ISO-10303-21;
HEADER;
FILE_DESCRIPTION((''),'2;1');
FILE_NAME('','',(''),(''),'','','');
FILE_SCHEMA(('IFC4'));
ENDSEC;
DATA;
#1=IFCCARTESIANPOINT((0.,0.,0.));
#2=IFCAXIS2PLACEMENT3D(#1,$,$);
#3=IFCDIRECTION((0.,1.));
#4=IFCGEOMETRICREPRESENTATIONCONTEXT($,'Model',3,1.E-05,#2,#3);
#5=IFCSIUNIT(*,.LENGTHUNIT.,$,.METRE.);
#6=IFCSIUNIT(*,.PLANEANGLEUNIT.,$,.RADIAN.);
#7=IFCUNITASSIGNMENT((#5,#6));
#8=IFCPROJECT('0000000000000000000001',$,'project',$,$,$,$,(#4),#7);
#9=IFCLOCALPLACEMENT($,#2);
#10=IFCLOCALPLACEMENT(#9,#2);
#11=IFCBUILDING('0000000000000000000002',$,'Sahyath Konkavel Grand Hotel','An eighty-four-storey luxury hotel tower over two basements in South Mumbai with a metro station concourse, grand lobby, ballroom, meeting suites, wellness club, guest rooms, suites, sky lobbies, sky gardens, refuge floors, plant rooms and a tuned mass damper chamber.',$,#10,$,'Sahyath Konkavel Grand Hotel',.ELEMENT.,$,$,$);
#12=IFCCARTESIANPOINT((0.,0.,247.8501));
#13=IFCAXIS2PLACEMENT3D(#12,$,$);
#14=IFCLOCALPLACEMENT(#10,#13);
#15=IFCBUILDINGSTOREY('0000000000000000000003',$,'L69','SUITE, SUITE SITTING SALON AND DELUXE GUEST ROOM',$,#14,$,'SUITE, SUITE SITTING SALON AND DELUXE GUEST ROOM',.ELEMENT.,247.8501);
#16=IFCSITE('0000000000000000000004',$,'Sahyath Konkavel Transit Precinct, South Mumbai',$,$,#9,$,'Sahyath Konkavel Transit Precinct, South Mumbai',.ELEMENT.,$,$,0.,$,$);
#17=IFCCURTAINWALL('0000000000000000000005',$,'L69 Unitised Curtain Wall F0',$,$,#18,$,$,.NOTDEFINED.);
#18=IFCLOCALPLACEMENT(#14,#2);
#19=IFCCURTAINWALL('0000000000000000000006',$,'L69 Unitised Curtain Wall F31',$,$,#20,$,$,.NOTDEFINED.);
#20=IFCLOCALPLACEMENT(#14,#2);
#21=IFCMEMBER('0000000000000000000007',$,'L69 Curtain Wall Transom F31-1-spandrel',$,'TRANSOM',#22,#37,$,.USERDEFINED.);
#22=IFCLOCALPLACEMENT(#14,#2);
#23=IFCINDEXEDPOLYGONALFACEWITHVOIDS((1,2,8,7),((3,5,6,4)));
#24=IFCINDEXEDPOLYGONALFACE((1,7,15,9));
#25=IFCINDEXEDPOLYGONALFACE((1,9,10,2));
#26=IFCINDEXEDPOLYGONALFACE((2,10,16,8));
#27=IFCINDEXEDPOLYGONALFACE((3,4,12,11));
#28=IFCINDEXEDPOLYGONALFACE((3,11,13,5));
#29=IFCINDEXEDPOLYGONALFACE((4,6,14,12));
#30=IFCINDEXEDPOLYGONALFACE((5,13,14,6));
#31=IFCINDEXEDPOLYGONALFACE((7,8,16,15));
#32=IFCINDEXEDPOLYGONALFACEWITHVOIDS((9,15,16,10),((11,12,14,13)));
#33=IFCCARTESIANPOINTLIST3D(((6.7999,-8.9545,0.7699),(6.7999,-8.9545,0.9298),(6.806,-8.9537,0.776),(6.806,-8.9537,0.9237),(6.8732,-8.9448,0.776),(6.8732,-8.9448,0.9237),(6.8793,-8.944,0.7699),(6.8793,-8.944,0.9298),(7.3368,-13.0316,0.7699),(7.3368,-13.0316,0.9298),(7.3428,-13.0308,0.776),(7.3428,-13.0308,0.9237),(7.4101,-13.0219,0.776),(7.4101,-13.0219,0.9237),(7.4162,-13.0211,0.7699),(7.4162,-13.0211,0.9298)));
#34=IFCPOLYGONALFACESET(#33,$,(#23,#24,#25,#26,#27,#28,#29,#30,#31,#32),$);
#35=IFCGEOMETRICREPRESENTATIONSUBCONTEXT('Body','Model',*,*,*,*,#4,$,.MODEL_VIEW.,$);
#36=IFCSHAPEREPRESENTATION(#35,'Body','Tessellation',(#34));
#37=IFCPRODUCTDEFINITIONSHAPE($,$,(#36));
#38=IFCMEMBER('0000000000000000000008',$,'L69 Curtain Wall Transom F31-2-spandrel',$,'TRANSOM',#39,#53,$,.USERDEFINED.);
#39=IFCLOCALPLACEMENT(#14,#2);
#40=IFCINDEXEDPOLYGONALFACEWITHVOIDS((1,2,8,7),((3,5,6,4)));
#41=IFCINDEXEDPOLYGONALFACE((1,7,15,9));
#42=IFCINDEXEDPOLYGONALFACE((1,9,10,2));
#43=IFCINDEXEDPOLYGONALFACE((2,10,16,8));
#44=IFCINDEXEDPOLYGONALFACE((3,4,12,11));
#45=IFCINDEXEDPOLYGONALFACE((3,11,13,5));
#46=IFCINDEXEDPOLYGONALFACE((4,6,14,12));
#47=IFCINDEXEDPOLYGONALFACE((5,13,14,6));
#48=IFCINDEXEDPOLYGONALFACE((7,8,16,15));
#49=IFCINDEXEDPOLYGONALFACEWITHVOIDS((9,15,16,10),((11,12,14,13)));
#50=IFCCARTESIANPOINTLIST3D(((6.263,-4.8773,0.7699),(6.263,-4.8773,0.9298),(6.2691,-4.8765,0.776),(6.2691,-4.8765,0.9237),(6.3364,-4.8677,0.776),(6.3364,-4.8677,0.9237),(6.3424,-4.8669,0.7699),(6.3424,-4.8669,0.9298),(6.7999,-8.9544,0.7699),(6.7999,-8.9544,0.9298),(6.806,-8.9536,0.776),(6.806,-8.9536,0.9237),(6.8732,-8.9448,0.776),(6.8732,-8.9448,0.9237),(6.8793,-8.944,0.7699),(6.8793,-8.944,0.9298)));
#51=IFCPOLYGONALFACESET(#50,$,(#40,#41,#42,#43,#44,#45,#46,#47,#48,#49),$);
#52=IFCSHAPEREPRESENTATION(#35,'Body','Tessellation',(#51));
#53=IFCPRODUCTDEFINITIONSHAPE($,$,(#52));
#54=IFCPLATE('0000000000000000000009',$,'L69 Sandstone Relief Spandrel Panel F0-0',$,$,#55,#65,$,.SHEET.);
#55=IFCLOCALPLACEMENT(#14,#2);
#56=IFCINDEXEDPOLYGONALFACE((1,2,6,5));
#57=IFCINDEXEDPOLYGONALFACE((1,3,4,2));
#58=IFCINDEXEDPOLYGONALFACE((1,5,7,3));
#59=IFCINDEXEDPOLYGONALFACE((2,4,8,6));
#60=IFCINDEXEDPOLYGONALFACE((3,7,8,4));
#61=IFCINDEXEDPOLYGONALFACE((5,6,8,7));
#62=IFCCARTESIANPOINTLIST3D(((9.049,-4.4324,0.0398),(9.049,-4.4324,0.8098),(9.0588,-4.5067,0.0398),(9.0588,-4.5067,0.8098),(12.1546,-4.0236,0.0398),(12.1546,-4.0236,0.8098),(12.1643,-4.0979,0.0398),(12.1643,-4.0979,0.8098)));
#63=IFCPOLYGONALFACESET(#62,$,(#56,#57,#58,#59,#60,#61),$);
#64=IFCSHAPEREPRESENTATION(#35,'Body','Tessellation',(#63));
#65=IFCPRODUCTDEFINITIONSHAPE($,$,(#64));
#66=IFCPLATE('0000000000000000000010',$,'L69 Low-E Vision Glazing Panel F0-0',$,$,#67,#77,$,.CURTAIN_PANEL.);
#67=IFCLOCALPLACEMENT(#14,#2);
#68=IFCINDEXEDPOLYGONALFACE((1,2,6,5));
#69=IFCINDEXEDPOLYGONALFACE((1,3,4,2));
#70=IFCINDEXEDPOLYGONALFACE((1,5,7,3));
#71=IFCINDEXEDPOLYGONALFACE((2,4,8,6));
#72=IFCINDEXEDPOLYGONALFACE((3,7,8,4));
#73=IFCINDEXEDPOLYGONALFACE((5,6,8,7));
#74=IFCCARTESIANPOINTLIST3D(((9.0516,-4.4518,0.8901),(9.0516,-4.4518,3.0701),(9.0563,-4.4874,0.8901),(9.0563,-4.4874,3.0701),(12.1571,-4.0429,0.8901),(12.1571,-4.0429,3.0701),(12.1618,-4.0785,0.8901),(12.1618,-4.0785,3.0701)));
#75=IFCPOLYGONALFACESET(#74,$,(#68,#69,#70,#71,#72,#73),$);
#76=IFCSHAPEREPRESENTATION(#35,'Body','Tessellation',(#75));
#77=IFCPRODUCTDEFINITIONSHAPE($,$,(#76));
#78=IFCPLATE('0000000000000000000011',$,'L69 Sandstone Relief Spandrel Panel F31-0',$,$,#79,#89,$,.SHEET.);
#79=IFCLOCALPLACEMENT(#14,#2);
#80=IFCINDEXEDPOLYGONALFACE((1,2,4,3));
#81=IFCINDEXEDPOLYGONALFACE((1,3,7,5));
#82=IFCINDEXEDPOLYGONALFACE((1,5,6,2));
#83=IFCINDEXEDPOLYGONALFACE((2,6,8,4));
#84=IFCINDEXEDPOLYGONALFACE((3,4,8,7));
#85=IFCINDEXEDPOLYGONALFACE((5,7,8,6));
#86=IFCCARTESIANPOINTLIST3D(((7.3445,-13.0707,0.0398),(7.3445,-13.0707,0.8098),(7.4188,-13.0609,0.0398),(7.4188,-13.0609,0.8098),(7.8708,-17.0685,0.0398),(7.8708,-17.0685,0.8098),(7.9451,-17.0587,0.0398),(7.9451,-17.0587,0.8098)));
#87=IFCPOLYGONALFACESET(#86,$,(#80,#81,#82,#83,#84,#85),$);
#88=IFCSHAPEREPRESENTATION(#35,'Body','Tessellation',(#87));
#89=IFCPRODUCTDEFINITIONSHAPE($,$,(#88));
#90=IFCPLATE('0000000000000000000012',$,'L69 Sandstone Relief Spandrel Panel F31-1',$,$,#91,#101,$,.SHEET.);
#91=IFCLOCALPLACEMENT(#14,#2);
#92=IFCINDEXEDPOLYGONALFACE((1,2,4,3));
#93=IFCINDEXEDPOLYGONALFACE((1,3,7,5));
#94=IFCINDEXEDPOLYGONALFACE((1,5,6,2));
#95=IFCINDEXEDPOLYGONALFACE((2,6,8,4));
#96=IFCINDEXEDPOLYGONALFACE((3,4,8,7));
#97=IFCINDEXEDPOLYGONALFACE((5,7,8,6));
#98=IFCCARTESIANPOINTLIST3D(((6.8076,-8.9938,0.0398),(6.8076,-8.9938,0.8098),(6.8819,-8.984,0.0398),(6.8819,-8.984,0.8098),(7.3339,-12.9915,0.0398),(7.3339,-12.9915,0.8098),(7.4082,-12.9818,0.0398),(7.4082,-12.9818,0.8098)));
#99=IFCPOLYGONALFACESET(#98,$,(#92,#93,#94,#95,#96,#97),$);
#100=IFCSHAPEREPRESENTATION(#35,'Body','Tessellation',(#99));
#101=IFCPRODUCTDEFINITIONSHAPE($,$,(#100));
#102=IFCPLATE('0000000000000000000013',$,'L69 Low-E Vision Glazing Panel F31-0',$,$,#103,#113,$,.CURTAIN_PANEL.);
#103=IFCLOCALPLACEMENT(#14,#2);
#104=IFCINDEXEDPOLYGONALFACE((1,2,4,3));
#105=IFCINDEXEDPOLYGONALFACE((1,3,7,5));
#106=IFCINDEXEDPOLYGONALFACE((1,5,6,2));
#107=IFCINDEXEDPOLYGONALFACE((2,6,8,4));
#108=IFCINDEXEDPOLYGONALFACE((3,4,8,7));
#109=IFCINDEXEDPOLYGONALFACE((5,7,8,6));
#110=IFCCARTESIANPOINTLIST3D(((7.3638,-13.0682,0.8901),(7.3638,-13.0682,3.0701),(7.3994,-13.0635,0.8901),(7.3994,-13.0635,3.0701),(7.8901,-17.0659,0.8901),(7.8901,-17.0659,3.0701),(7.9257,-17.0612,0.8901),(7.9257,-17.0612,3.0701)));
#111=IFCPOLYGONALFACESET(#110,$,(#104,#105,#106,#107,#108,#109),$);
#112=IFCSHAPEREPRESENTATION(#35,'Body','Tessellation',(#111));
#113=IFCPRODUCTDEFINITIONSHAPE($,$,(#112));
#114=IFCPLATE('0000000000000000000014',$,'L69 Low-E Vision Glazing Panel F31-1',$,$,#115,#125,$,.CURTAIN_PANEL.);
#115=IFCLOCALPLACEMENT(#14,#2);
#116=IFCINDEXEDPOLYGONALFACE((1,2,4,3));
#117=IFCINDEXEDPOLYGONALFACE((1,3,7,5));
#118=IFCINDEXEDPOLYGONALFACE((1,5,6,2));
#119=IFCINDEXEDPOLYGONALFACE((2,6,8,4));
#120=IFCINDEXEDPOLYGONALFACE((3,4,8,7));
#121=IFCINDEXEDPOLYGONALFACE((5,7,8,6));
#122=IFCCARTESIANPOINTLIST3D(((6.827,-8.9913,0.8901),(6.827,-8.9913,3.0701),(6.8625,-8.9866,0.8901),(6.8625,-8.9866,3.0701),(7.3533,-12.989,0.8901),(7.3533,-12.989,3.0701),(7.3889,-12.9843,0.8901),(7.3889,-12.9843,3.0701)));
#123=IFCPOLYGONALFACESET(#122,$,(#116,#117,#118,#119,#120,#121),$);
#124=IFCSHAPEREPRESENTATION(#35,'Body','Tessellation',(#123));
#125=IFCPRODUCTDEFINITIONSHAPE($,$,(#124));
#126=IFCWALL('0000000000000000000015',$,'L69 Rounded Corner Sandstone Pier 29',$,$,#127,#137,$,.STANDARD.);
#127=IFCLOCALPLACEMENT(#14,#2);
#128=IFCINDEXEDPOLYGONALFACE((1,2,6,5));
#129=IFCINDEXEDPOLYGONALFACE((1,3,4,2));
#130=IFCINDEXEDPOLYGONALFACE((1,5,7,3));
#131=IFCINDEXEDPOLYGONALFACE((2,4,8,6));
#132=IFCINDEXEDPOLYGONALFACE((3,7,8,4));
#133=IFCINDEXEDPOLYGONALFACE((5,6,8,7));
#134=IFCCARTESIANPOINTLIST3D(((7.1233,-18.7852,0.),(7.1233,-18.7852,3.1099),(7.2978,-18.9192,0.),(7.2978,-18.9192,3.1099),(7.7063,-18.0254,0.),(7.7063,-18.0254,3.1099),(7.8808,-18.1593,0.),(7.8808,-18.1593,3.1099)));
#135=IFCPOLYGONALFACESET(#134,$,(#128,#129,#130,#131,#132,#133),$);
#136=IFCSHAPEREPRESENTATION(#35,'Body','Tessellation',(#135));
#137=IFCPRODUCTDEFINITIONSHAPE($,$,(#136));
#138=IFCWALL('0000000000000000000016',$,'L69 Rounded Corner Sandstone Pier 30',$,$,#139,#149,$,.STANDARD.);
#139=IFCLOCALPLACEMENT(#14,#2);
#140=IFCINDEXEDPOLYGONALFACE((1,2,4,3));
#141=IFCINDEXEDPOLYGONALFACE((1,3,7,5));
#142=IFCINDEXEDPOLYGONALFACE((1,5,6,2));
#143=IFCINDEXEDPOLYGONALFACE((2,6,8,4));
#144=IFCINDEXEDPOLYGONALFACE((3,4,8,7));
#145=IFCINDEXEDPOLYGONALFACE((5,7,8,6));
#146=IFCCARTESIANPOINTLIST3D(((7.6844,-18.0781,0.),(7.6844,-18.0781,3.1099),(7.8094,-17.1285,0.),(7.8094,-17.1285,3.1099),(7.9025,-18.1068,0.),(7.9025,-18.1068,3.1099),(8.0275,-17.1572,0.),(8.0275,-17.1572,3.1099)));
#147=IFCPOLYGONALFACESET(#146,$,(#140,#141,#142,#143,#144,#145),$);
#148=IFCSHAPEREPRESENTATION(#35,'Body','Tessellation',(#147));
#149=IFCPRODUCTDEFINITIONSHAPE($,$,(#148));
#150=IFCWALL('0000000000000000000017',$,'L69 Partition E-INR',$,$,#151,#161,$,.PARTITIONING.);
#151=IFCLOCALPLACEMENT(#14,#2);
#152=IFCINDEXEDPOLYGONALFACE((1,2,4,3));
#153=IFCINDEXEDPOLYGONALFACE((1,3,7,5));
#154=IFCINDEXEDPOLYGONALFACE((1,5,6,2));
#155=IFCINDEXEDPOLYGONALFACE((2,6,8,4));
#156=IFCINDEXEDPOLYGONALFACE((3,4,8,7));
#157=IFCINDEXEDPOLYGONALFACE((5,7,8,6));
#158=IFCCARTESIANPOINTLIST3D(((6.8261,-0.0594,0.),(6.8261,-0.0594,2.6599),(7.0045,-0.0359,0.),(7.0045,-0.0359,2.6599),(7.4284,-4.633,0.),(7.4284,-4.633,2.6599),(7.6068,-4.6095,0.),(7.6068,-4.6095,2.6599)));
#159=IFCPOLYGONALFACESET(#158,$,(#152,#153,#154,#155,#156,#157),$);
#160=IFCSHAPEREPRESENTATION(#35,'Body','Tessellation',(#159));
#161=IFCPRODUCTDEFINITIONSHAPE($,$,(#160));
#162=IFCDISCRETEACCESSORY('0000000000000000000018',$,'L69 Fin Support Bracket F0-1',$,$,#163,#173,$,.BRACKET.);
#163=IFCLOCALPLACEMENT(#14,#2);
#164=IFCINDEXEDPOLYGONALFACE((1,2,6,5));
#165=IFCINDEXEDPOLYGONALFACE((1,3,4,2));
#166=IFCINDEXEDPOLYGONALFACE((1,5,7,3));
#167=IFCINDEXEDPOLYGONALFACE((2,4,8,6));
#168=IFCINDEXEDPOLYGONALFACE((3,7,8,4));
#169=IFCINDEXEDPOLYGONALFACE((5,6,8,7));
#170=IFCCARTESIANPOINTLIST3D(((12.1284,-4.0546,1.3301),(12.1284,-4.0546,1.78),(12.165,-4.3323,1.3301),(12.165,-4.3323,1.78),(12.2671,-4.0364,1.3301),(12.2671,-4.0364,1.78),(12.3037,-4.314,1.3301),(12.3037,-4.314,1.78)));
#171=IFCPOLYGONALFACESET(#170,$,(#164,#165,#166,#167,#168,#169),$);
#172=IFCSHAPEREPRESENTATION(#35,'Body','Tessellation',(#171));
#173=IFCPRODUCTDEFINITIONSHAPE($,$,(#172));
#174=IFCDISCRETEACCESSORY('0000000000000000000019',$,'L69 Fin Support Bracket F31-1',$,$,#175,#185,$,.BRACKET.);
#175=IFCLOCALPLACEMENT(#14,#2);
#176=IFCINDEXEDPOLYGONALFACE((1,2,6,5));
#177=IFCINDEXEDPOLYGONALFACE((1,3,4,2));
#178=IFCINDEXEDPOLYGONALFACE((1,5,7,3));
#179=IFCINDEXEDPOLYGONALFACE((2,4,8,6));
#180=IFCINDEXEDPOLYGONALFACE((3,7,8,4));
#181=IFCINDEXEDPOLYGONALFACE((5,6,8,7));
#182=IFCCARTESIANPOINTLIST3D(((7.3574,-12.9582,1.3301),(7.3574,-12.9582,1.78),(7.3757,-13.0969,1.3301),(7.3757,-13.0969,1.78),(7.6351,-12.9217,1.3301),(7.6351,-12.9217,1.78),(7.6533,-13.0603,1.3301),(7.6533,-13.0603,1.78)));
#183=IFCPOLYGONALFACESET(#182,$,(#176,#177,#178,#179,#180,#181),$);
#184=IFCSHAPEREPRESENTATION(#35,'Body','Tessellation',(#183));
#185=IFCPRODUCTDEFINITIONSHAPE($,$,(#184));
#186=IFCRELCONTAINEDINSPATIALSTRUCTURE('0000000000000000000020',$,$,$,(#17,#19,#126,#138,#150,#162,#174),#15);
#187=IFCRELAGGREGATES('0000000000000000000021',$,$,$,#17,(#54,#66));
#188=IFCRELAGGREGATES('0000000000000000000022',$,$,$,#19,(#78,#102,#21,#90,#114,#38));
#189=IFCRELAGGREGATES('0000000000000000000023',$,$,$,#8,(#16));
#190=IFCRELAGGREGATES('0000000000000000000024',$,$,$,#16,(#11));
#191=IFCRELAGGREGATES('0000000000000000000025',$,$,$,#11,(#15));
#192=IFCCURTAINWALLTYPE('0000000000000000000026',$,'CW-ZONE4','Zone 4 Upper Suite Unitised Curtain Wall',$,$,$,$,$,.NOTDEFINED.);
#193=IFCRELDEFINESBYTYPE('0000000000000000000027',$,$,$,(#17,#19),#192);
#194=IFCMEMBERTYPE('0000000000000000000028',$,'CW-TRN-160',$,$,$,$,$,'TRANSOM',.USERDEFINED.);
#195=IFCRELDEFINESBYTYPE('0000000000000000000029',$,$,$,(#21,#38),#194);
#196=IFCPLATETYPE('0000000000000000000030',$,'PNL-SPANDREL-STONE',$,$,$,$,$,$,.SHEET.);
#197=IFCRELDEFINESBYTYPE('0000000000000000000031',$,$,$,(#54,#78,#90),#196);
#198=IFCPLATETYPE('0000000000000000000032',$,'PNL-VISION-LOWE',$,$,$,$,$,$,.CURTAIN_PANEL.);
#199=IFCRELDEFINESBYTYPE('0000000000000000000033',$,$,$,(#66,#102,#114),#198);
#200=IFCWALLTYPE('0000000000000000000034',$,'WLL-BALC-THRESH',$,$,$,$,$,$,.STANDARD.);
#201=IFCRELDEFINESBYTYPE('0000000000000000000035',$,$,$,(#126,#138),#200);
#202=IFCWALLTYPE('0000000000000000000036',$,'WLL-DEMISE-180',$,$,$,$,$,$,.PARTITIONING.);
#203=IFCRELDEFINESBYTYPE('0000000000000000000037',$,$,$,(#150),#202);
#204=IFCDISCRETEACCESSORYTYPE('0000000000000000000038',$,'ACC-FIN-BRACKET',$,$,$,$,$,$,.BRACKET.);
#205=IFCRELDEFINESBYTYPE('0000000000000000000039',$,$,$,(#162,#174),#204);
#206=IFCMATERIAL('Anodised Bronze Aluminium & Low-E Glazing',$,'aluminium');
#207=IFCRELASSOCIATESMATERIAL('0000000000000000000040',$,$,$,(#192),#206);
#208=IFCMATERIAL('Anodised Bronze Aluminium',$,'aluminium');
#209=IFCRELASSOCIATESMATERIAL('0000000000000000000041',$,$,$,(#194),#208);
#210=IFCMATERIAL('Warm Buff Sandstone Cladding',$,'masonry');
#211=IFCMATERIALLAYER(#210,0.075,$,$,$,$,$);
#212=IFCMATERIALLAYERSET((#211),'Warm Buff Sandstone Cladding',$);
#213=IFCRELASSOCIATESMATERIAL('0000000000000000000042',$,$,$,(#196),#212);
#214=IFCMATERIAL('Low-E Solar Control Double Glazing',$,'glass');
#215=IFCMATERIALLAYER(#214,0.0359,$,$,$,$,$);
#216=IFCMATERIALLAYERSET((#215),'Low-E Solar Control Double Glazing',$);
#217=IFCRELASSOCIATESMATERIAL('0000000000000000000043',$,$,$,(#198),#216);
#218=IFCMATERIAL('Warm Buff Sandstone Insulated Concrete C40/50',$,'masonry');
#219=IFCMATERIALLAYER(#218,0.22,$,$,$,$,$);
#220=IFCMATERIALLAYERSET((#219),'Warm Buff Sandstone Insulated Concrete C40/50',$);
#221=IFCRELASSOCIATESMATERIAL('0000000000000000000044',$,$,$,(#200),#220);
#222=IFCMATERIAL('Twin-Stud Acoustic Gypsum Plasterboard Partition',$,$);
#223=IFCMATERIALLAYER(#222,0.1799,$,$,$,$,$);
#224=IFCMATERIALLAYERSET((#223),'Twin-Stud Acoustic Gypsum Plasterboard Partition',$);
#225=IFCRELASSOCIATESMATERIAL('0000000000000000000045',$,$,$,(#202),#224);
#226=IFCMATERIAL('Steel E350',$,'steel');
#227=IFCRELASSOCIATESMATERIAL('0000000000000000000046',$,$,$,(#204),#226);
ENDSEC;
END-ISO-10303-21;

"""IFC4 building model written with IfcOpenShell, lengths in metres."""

from ifc_helpers import new_model, si_unit, direction, frame, frame_2d, origin, origin_2d, place, context, subcontext, project, spatial, rectangle, hollow_rectangle, extrude, source, transform, mapped, material, layer, layer_set, material_profile, profile_set, type_object, element, aggregate, save


model = new_model("IFC4")

# Units and contexts
model_context = context("Model", 3, precision=1e-05, world=origin(), true_north=direction((0.0, 1.0)))
body_context = subcontext(model_context, "Body", "Model", "MODEL_VIEW")
ifc_project = project(units=[si_unit("LENGTHUNIT", "METRE"), si_unit("PLANEANGLEUNIT", "RADIAN")], contexts=[model_context])

# Site, building, storey
site_placement = place(None, origin())
site = spatial("IfcSite", under=ifc_project, at=site_placement, Name="Sahyath Konkavel Transit Precinct, South Mumbai", LongName="Sahyath Konkavel Transit Precinct, South Mumbai", CompositionType="ELEMENT", RefElevation=0.0)
building_placement = place(site_placement, origin())
building = spatial("IfcBuilding", under=site, at=building_placement, Name="Sahyath Konkavel Grand Hotel", Description="An eighty-four-storey luxury hotel tower over two basements in South Mumbai with a metro station concourse, grand lobby, ballroom, meeting suites, wellness club, guest rooms, suites, sky lobbies, sky gardens, refuge floors, plant rooms and a tuned mass damper chamber.", LongName="Sahyath Konkavel Grand Hotel", CompositionType="ELEMENT")
storey_placement = place(building_placement, frame((0.0, 0.0, 247.8501)))
storey = spatial("IfcBuildingStorey", under=building, at=storey_placement, Name="L69", Description="SUITE, SUITE SITTING SALON AND DELUXE GUEST ROOM", LongName="SUITE, SUITE SITTING SALON AND DELUXE GUEST ROOM", CompositionType="ELEMENT", Elevation=247.8501)

# Curtain wall
ifc_material_1 = material(Name="Anodised Bronze Aluminium & Low-E Glazing", Category="aluminium")
curtain_wall_type = type_object("IfcCurtainWallType", Name="CW-ZONE4", Description="Zone 4 Upper Suite Unitised Curtain Wall", PredefinedType="NOTDEFINED", material=ifc_material_1)
curtain_wall_1_placement = place(storey_placement, origin())
curtain_wall_1 = element("IfcCurtainWall", 1, at=curtain_wall_1_placement, inside=storey, type_object=curtain_wall_type, Name="L69 Unitised Curtain Wall F0", PredefinedType="NOTDEFINED")
ifc_material_2 = material(Name="Anodised Bronze Aluminium", Category="aluminium")

# Curtain wall
curtain_wall_2_placement = place(storey_placement, origin())
curtain_wall_2 = element("IfcCurtainWall", 2, at=curtain_wall_2_placement, inside=storey, type_object=curtain_wall_type, Name="L69 Unitised Curtain Wall F31", PredefinedType="NOTDEFINED")

# Members
ifc_material_profile_1 = material_profile(ifc_material_2, hollow_rectangle(XDim=0.0801, YDim=0.1599, WallThickness=0.0061, at=origin_2d()), Name="RHS 160x80x6")
ifc_profile_set_1 = profile_set([ifc_material_profile_1], Name="Anodised Bronze Aluminium")
member_type_1 = type_object("IfcMemberType", Name="CW-TRN-160", ElementType="TRANSOM", PredefinedType="USERDEFINED", material=ifc_profile_set_1)
shared_shape_1 = source(origin(), body_context, "Body", "SweptSolid", [
    extrude(hollow_rectangle(XDim=0.0801, YDim=0.1599, WallThickness=0.0061, at=origin_2d()), origin(), (0.0, 0.0, 1.0), 4.1123),
])
member_1_placement = place(storey_placement, frame((7.3765, -13.0264, 0.8499), z_axis=(-0.13055, 0.991442, 0.0), x_axis=(-0.991442, -0.13055, 0.0)))
member_1 = element("IfcMember", 3, at=member_1_placement, type_object=member_type_1, Name="L69 Curtain Wall Transom F31-1-spandrel", ObjectType="TRANSOM", PredefinedType="USERDEFINED", context=body_context, shape_type="MappedRepresentation", body=[
    mapped(shared_shape_1, transform((0.0, 0.0, 0.0), scale=1.0)),
])
member_2_placement = place(storey_placement, frame((6.8396, -8.9492, 0.8499), z_axis=(-0.13055, 0.991442, 0.0), x_axis=(-0.991442, -0.13055, 0.0)))
member_2 = element("IfcMember", 4, at=member_2_placement, type_object=member_type_1, Name="L69 Curtain Wall Transom F31-2-spandrel", ObjectType="TRANSOM", PredefinedType="USERDEFINED", context=body_context, shape_type="MappedRepresentation", body=[
    mapped(shared_shape_1, transform((0.0, 0.0, 0.0), scale=1.0)),
])

# Plates
ifc_material_3 = material(Name="Warm Buff Sandstone Cladding", Category="masonry")
ifc_layer_1 = layer(ifc_material_3, 0.075)
ifc_layer_set_1 = layer_set([ifc_layer_1], Name="Warm Buff Sandstone Cladding")
plate_type_1 = type_object("IfcPlateType", Name="PNL-SPANDREL-STONE", PredefinedType="SHEET", material=ifc_layer_set_1)
shared_shape_2 = source(origin(), body_context, "Body", "SweptSolid", [
    extrude(rectangle(XDim=3.1323, YDim=0.075, at=origin_2d()), origin(), (0.0, 0.0, 1.0), 0.77),
])
plate_1_placement = place(storey_placement, frame((10.6067, -4.2651, 0.0398), z_axis=(0.0, 0.0, 1.0), x_axis=(0.991445, 0.130526, 0.0)))
plate_1 = element("IfcPlate", 5, at=plate_1_placement, type_object=plate_type_1, Name="L69 Sandstone Relief Spandrel Panel F0-0", PredefinedType="SHEET", context=body_context, shape_type="MappedRepresentation", body=[
    mapped(shared_shape_2, transform((0.0, 0.0, 0.0), scale=1.0)),
])
ifc_material_4 = material(Name="Low-E Solar Control Double Glazing", Category="glass")
ifc_layer_2 = layer(ifc_material_4, 0.0359)
ifc_layer_set_2 = layer_set([ifc_layer_2], Name="Low-E Solar Control Double Glazing")
plate_type_2 = type_object("IfcPlateType", Name="PNL-VISION-LOWE", PredefinedType="CURTAIN_PANEL", material=ifc_layer_set_2)
shared_shape_3 = source(origin(), body_context, "Body", "SweptSolid", [
    extrude(rectangle(XDim=3.1323, YDim=0.0359, at=origin_2d()), origin(), (0.0, 0.0, 1.0), 2.1799),
])
plate_2_placement = place(storey_placement, frame((10.6067, -4.2651, 0.8901), z_axis=(0.0, 0.0, 1.0), x_axis=(0.991445, 0.130526, 0.0)))
plate_2 = element("IfcPlate", 6, at=plate_2_placement, type_object=plate_type_2, Name="L69 Low-E Vision Glazing Panel F0-0", PredefinedType="CURTAIN_PANEL", context=body_context, shape_type="MappedRepresentation", body=[
    mapped(shared_shape_3, transform((0.0, 0.0, 0.0), scale=1.0)),
])
aggregate(curtain_wall_1, [plate_1, plate_2])
shared_shape_4 = source(origin(), body_context, "Body", "SweptSolid", [
    extrude(rectangle(XDim=4.0322, YDim=0.075, at=origin_2d()), origin(), (0.0, 0.0, 1.0), 0.77),
])
plate_3_placement = place(storey_placement, frame((7.6448, -15.0647, 0.0398), z_axis=(0.0, 0.0, 1.0), x_axis=(-0.130526, 0.991445, 0.0)))
plate_3 = element("IfcPlate", 7, at=plate_3_placement, type_object=plate_type_1, Name="L69 Sandstone Relief Spandrel Panel F31-0", PredefinedType="SHEET", context=body_context, shape_type="MappedRepresentation", body=[
    mapped(shared_shape_4, transform((0.0, 0.0, 0.0), scale=1.0)),
])
plate_4_placement = place(storey_placement, frame((7.1079, -10.9878, 0.0398), z_axis=(0.0, 0.0, 1.0), x_axis=(-0.130526, 0.991445, 0.0)))
plate_4 = element("IfcPlate", 8, at=plate_4_placement, type_object=plate_type_1, Name="L69 Sandstone Relief Spandrel Panel F31-1", PredefinedType="SHEET", context=body_context, shape_type="MappedRepresentation", body=[
    mapped(shared_shape_4, transform((0.0, 0.0, 0.0), scale=1.0)),
])
shared_shape_5 = source(origin(), body_context, "Body", "SweptSolid", [
    extrude(rectangle(XDim=4.0322, YDim=0.0359, at=origin_2d()), origin(), (0.0, 0.0, 1.0), 2.1799),
])
plate_5_placement = place(storey_placement, frame((7.6448, -15.0647, 0.8901), z_axis=(0.0, 0.0, 1.0), x_axis=(-0.130526, 0.991445, 0.0)))
plate_5 = element("IfcPlate", 9, at=plate_5_placement, type_object=plate_type_2, Name="L69 Low-E Vision Glazing Panel F31-0", PredefinedType="CURTAIN_PANEL", context=body_context, shape_type="MappedRepresentation", body=[
    mapped(shared_shape_5, transform((0.0, 0.0, 0.0), scale=1.0)),
])
plate_6_placement = place(storey_placement, frame((7.1079, -10.9878, 0.8901), z_axis=(0.0, 0.0, 1.0), x_axis=(-0.130526, 0.991445, 0.0)))
plate_6 = element("IfcPlate", 10, at=plate_6_placement, type_object=plate_type_2, Name="L69 Low-E Vision Glazing Panel F31-1", PredefinedType="CURTAIN_PANEL", context=body_context, shape_type="MappedRepresentation", body=[
    mapped(shared_shape_5, transform((0.0, 0.0, 0.0), scale=1.0)),
])
aggregate(curtain_wall_2, [plate_3, plate_5, member_1, plate_4, plate_6, member_2])

# Walls
ifc_material_5 = material(Name="Warm Buff Sandstone Insulated Concrete C40/50", Category="masonry")
ifc_layer_3 = layer(ifc_material_5, 0.22)
ifc_layer_set_3 = layer_set([ifc_layer_3], Name="Warm Buff Sandstone Insulated Concrete C40/50")
wall_type_1 = type_object("IfcWallType", Name="WLL-BALC-THRESH", PredefinedType="STANDARD", material=ifc_layer_set_3)
for number, where, z_axis, x_axis, name in (
    (11, (7.2104, -18.8523, 0.0), (0.0, 0.0, 1.0), (0.608774, 0.793344, 0.0), "L69 Rounded Corner Sandstone Pier 29"),
    (12, (7.7935, -18.0925, 0.0), (0.0, 0.0, 1.0), (0.130527, 0.991445, 0.0), "L69 Rounded Corner Sandstone Pier 30"),
):
    element("IfcWall", number, at=place(storey_placement, frame(where, z_axis=z_axis, x_axis=x_axis)), inside=storey, type_object=wall_type_1, Name=name, PredefinedType="STANDARD", context=body_context, shape_type="SweptSolid", body=[
        extrude(rectangle(XDim=0.9578, YDim=0.22, at=frame_2d((0.479, 0.0))), origin(), (0.0, 0.0, 1.0), 3.1099),
    ])
ifc_material_6 = material(Name="Twin-Stud Acoustic Gypsum Plasterboard Partition")
ifc_layer_4 = layer(ifc_material_6, 0.1799)
ifc_layer_set_4 = layer_set([ifc_layer_4], Name="Twin-Stud Acoustic Gypsum Plasterboard Partition")
wall_type_2 = type_object("IfcWallType", Name="WLL-DEMISE-180", PredefinedType="PARTITIONING", material=ifc_layer_set_4)
wall_placement = place(storey_placement, frame((7.5176, -4.6213, 0.0), z_axis=(0.0, 0.0, 1.0), x_axis=(-0.130565, 0.99144, 0.0)))
element("IfcWall", 13, at=wall_placement, inside=storey, type_object=wall_type_2, Name="L69 Partition E-INR", PredefinedType="PARTITIONING", context=body_context, shape_type="SweptSolid", body=[
    extrude(rectangle(XDim=4.613, YDim=0.1799, at=frame_2d((2.3066, 0.0))), origin(), (0.0, 0.0, 1.0), 2.6599),
])

# Discrete accessories
ifc_material_7 = material(Name="Steel E350", Category="steel")
discrete_accessory_type = type_object("IfcDiscreteAccessoryType", Name="ACC-FIN-BRACKET", PredefinedType="BRACKET", material=ifc_material_7)
shared_shape_6 = source(origin(), body_context, "Body", "SweptSolid", [
    extrude(rectangle(XDim=0.28, YDim=0.1399, at=origin_2d()), origin(), (0.0, 0.0, 1.0), 0.45),
])
for number, where, z_axis, x_axis, name in (
    (14, (12.2161, -4.1843, 1.3301), (0.0, 0.0, 1.0), (0.130526, -0.991445, 0.0), "L69 Fin Support Bracket F0-1"),
    (15, (7.5054, -13.0093, 1.3301), (0.0, 0.0, 1.0), (0.991445, 0.130526, 0.0), "L69 Fin Support Bracket F31-1"),
):
    element("IfcDiscreteAccessory", number, at=place(storey_placement, frame(where, z_axis=z_axis, x_axis=x_axis)), inside=storey, type_object=discrete_accessory_type, Name=name, PredefinedType="BRACKET", context=body_context, shape_type="MappedRepresentation", body=[
        mapped(shared_shape_6, transform((0.0, 0.0, 0.0), scale=1.0)),
    ])

save(model, "model.ifc")
